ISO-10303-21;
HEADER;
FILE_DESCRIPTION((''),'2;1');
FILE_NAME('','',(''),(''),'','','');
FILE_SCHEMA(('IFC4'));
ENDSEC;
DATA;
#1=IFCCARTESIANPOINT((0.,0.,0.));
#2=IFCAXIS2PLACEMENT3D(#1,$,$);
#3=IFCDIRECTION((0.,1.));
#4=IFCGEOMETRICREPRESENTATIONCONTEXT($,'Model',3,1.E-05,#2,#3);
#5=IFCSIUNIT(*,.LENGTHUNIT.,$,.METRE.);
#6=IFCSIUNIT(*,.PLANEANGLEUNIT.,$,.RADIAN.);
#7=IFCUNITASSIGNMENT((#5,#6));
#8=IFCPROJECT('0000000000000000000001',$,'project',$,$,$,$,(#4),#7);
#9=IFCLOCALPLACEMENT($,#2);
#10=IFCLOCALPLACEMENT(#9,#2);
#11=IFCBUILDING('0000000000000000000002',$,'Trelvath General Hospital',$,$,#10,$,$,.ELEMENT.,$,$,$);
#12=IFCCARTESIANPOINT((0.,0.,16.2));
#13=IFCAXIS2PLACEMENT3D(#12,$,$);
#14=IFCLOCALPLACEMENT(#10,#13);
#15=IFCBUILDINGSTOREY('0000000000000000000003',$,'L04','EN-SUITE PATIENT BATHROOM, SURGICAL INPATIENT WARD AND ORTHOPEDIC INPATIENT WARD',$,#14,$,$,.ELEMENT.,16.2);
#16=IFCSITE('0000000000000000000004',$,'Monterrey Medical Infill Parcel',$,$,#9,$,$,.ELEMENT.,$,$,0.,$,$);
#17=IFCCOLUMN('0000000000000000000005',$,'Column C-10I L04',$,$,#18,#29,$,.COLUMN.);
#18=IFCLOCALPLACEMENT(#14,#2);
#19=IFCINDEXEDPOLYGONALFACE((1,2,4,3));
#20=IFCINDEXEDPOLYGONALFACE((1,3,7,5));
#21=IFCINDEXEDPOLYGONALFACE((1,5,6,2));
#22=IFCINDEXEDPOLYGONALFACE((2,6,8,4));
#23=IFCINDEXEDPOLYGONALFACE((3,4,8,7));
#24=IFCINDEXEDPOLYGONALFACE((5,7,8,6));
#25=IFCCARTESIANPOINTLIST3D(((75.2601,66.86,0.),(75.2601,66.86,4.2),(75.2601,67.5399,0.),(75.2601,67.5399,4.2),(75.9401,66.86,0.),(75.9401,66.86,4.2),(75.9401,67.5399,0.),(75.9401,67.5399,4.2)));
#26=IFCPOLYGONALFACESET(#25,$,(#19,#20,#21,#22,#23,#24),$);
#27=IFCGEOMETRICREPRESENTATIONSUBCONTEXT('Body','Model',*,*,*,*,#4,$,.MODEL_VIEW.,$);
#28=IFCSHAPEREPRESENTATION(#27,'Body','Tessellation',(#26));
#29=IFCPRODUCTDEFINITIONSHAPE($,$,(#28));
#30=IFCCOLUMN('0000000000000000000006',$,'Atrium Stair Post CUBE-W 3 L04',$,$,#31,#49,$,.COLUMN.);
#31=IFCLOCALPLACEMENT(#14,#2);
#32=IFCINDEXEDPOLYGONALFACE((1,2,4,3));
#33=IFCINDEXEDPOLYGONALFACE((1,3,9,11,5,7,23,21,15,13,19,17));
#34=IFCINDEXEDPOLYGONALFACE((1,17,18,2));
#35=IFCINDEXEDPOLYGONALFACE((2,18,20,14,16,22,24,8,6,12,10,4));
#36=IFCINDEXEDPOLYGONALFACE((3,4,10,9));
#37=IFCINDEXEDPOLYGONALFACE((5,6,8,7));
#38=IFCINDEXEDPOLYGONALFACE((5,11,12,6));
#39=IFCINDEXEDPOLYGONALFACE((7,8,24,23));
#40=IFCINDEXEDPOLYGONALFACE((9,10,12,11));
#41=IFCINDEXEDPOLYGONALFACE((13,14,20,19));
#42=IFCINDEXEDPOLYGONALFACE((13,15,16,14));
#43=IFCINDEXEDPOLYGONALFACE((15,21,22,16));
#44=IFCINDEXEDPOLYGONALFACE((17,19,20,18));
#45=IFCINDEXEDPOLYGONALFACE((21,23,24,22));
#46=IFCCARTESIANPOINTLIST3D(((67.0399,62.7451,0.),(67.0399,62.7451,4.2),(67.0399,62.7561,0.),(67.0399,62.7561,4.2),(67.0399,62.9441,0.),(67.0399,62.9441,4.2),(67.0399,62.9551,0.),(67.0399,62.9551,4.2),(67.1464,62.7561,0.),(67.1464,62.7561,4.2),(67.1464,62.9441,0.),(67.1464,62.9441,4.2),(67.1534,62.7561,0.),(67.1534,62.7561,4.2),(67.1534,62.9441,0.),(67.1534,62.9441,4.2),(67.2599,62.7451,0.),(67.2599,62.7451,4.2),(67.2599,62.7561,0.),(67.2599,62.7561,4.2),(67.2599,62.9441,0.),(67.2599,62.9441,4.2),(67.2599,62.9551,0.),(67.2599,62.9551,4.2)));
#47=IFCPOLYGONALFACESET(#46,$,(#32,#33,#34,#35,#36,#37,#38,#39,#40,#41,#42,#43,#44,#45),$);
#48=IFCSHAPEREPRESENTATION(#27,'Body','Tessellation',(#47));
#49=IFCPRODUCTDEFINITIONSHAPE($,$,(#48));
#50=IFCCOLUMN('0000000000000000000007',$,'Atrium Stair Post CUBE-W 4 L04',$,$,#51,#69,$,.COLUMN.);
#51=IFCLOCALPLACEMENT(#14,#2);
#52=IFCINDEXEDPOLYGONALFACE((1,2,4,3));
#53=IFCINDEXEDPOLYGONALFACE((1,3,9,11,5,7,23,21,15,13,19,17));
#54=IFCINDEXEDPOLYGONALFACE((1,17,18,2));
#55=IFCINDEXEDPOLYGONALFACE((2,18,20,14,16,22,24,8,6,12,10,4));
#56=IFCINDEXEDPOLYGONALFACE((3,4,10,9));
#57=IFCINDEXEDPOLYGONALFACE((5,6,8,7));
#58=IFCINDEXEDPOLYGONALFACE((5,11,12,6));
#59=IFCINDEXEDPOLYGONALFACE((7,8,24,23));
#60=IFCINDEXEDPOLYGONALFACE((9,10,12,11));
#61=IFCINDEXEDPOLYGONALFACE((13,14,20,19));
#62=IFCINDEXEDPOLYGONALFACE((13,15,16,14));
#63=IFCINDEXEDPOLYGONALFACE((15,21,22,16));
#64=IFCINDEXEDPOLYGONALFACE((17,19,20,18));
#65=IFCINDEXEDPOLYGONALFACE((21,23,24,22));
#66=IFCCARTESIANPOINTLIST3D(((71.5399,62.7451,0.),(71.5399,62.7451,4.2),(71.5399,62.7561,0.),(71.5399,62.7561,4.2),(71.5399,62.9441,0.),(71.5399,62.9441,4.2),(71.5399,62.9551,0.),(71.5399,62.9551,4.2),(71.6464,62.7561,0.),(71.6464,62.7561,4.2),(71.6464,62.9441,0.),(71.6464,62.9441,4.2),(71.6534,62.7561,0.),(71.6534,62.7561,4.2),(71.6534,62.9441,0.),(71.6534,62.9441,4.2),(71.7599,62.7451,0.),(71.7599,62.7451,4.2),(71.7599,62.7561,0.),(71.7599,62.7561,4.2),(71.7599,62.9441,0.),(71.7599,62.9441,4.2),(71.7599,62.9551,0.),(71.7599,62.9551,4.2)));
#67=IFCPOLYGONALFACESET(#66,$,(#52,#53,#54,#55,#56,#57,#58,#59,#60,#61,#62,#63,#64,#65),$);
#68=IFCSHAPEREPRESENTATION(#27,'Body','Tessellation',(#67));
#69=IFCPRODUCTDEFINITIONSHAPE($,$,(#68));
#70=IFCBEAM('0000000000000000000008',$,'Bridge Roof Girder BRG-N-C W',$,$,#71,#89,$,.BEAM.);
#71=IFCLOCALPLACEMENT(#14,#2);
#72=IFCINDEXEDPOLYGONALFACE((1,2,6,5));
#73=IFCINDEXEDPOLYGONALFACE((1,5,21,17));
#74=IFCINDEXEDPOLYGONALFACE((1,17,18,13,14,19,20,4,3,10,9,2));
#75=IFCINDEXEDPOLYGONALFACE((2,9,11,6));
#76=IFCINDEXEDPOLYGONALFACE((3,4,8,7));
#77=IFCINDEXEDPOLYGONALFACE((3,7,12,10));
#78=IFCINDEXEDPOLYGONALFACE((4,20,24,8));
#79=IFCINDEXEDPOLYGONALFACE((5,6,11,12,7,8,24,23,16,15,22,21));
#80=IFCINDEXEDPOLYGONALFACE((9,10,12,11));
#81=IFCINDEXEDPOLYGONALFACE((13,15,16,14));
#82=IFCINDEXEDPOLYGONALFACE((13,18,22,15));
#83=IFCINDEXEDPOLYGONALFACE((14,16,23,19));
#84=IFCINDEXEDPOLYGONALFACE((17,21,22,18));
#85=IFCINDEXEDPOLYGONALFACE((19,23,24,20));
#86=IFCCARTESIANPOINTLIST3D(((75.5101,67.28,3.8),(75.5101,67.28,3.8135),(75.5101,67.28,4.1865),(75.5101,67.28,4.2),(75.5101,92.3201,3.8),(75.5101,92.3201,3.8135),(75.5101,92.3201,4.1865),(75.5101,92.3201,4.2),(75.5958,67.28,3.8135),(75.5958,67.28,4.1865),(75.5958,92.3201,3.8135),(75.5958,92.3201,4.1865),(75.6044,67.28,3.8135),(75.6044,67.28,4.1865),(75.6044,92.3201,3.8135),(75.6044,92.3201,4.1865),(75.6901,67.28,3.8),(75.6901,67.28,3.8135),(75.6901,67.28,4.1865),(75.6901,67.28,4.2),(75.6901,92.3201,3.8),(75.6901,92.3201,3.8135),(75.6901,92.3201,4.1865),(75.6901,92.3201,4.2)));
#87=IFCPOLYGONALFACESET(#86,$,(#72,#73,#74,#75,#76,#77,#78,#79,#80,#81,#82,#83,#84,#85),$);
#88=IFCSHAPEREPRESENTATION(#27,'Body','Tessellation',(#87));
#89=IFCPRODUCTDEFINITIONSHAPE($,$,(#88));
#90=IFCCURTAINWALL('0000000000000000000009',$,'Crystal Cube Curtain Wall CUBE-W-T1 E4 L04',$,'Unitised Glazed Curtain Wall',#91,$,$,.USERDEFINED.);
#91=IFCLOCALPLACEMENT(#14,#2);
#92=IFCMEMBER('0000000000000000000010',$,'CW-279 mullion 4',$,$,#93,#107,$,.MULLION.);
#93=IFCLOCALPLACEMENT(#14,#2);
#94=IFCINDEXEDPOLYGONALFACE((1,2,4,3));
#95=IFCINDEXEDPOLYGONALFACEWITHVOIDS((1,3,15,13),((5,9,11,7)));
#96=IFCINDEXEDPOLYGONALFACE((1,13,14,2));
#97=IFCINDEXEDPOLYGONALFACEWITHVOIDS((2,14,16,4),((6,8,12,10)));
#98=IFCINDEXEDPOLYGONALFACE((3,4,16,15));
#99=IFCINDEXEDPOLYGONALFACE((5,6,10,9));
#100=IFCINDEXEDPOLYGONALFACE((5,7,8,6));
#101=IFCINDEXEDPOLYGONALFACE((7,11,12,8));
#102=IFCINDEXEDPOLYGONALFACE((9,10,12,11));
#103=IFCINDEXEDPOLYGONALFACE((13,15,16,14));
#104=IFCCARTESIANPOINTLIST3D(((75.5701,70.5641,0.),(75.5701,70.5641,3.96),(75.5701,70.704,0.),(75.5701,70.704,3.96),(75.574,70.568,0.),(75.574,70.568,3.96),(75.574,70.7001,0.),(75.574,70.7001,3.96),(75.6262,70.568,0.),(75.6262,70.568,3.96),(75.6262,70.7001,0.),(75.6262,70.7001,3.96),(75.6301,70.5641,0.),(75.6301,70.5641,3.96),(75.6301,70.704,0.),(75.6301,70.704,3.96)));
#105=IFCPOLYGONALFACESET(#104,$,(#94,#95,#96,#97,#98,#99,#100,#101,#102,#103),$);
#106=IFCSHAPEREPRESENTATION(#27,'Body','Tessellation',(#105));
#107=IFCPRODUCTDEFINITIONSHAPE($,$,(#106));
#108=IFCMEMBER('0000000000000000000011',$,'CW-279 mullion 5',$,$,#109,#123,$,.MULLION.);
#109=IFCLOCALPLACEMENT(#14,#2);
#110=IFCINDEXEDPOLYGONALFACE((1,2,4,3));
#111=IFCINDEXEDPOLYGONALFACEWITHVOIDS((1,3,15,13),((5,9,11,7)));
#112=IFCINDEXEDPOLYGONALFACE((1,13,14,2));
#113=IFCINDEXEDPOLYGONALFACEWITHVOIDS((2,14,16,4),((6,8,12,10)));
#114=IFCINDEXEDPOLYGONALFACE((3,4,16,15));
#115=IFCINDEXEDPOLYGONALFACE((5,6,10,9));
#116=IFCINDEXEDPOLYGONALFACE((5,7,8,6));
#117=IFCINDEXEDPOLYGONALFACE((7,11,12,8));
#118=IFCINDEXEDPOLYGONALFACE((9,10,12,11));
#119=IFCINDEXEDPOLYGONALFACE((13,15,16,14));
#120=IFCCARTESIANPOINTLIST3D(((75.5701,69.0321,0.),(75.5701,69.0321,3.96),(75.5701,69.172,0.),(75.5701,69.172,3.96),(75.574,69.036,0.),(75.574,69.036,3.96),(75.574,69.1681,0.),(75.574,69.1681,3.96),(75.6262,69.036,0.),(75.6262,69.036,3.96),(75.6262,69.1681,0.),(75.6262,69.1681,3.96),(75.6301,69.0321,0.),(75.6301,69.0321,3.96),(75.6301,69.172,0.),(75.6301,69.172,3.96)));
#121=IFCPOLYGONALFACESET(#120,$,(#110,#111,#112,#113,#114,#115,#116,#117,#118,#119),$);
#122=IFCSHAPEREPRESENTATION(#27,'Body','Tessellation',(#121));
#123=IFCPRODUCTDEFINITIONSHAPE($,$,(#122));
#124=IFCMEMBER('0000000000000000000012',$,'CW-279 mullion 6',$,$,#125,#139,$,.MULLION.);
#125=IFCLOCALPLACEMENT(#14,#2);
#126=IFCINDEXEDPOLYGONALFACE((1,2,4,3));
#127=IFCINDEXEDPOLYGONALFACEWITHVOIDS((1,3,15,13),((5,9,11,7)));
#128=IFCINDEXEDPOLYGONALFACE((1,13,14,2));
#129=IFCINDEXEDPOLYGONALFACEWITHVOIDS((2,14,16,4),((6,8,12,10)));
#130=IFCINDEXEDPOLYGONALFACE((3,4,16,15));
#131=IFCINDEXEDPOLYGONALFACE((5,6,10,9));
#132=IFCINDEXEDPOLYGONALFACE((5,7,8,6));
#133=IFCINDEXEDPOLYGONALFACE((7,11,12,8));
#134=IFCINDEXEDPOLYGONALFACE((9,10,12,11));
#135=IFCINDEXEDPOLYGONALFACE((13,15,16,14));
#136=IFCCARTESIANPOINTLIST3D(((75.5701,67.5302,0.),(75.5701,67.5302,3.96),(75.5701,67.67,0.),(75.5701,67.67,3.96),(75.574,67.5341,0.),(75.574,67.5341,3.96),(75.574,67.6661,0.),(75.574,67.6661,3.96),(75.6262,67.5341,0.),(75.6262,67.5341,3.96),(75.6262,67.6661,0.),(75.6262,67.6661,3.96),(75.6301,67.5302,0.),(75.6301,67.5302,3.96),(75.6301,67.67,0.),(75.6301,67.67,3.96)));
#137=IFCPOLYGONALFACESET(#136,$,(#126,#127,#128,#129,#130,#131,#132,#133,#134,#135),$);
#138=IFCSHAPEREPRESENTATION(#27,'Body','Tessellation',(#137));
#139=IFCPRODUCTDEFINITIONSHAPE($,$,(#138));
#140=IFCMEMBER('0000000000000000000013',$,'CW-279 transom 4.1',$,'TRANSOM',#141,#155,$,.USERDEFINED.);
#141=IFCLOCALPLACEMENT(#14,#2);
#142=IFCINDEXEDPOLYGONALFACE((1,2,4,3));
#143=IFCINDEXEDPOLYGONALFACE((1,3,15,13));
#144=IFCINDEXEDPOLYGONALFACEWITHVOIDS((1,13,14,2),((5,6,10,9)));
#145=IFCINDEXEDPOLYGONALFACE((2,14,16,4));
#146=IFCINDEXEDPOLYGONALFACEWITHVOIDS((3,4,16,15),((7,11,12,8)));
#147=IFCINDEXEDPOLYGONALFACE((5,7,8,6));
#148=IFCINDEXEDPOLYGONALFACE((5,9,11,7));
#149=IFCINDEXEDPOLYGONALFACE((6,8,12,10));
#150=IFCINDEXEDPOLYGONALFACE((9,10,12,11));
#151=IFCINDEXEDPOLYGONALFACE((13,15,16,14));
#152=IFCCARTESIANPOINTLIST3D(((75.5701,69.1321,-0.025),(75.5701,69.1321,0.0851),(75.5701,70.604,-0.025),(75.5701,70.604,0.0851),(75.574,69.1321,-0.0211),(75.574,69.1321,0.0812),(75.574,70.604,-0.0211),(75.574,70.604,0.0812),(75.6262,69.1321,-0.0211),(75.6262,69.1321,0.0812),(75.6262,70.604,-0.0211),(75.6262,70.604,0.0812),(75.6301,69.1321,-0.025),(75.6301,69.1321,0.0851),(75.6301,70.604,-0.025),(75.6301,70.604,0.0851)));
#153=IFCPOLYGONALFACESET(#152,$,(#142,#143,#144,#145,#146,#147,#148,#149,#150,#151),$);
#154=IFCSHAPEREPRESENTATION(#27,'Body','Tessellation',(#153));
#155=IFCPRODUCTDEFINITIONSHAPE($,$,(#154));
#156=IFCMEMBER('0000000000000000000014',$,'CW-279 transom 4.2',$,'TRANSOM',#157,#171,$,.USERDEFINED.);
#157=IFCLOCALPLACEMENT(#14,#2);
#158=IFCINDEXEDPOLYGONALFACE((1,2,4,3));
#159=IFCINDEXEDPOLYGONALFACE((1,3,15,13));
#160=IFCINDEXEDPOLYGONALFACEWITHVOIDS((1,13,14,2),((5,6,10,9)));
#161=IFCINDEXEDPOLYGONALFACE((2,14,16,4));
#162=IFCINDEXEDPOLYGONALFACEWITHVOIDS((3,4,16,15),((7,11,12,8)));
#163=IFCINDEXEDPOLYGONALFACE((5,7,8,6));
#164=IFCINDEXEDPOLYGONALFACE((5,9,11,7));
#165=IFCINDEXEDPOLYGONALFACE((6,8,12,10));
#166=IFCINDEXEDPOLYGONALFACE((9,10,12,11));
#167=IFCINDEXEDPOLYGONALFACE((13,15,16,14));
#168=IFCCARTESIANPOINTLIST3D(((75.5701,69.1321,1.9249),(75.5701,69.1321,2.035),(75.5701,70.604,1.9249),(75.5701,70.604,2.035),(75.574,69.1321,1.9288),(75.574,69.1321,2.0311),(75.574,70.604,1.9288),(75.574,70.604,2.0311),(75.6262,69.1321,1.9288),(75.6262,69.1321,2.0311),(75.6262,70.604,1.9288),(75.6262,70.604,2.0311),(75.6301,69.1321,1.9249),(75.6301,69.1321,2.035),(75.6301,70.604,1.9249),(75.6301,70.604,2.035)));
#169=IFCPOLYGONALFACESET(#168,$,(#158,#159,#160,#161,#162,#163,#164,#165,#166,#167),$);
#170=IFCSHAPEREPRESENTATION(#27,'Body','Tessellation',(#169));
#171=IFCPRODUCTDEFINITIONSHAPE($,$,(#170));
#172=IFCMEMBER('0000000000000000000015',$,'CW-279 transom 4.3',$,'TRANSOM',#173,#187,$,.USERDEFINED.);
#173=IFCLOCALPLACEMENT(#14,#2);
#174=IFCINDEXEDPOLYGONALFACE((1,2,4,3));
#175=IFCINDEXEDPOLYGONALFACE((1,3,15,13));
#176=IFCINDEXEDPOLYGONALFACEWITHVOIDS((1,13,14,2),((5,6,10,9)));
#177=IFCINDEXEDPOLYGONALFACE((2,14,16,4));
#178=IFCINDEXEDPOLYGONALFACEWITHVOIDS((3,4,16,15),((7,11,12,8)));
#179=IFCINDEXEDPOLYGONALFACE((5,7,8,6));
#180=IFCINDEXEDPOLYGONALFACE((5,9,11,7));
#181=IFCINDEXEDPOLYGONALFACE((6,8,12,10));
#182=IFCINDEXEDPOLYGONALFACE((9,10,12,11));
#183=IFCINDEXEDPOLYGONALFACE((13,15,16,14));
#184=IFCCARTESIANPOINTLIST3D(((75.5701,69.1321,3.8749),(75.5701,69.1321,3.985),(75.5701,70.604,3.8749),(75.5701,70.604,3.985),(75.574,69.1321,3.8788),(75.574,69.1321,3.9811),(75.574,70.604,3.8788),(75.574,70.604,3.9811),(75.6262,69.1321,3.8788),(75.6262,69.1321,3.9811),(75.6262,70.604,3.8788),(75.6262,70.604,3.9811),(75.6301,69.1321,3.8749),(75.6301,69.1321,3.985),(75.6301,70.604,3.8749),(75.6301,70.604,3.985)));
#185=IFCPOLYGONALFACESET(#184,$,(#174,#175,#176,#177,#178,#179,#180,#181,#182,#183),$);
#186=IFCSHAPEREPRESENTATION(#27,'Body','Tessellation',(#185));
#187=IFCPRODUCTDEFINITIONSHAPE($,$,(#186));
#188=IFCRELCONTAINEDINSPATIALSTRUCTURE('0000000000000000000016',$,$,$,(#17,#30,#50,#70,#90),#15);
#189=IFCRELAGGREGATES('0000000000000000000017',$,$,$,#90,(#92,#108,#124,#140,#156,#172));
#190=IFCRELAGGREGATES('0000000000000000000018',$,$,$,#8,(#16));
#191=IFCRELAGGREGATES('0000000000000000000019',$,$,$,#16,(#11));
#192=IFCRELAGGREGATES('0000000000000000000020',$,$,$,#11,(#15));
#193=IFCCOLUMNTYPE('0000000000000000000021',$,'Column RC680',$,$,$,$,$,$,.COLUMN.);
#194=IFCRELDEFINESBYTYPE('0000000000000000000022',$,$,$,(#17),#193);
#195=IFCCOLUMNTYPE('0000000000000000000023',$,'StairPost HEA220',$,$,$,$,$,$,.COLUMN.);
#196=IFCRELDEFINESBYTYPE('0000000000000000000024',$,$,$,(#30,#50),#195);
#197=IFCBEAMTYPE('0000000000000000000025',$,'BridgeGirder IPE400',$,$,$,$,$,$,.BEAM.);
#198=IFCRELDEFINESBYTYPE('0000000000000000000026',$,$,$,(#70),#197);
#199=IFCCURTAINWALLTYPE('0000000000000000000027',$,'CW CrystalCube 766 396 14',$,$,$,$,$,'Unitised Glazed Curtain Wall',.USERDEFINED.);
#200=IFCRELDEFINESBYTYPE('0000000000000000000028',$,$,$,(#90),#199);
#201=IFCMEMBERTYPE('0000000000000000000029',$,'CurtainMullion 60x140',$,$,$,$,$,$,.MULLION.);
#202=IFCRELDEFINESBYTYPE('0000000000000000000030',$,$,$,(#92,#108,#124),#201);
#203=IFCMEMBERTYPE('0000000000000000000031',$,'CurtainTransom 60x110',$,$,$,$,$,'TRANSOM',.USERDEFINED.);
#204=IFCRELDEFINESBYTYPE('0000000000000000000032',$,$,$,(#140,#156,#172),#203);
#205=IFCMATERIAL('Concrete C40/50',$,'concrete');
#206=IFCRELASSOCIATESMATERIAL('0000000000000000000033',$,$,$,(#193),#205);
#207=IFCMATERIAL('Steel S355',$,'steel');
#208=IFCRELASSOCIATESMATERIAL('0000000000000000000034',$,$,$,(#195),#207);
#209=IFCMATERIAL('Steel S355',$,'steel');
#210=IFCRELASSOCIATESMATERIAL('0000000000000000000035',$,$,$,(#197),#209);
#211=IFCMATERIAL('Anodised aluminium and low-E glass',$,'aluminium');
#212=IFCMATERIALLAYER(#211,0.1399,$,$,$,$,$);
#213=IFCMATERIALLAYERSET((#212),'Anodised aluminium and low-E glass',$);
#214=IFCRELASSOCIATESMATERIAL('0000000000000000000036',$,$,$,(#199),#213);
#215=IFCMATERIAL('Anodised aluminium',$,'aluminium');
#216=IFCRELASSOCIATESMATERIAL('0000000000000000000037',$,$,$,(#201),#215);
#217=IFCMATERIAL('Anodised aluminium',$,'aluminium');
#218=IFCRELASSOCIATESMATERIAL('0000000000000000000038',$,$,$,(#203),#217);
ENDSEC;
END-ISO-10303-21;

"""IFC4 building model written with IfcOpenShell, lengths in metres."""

from ifc_helpers import new_model, si_unit, direction, frame, origin, origin_2d, place, context, subcontext, project, spatial, rectangle, hollow_rectangle, i_section, extrude, material, layer, layer_set, material_profile, profile_set, type_object, element, aggregate, save


model = new_model("IFC4")

# Units and contexts
model_context = context("Model", 3, precision=1e-05, world=origin(), true_north=direction((0.0, 1.0)))
body_context = subcontext(model_context, "Body", "Model", "MODEL_VIEW")
ifc_project = project(units=[si_unit("LENGTHUNIT", "METRE"), si_unit("PLANEANGLEUNIT", "RADIAN")], contexts=[model_context])

# Site, building, storey
site_placement = place(None, origin())
site = spatial("IfcSite", under=ifc_project, at=site_placement, Name="Monterrey Medical Infill Parcel", CompositionType="ELEMENT", RefElevation=0.0)
building_placement = place(site_placement, origin())
building = spatial("IfcBuilding", under=site, at=building_placement, Name="Trelvath General Hospital", CompositionType="ELEMENT")
storey_placement = place(building_placement, frame((0.0, 0.0, 16.2)))
storey = spatial("IfcBuildingStorey", under=building, at=storey_placement, Name="L04", Description="EN-SUITE PATIENT BATHROOM, SURGICAL INPATIENT WARD AND ORTHOPEDIC INPATIENT WARD", CompositionType="ELEMENT", Elevation=16.2)

# Columns
ifc_material_1 = material(Name="Concrete C40/50", Category="concrete")
ifc_material_profile_1 = material_profile(ifc_material_1, rectangle(XDim=0.6799, YDim=0.6799, at=origin_2d()), Name="RC680x680")
ifc_profile_set_1 = profile_set([ifc_material_profile_1], Name="Concrete C40/50")
column_type_1 = type_object("IfcColumnType", Name="Column RC680", PredefinedType="COLUMN", material=ifc_profile_set_1)
column_placement = place(storey_placement, frame((75.6001, 67.2, 0.0), z_axis=(0.0, 0.0, 1.0), x_axis=(1.0, 0.0, 0.0)))
element("IfcColumn", 1, at=column_placement, inside=storey, type_object=column_type_1, Name="Column C-10I L04", PredefinedType="COLUMN", context=body_context, shape_type="SweptSolid", body=[
    extrude(rectangle(XDim=0.6799, YDim=0.6799, at=origin_2d()), origin(), (0.0, 0.0, 1.0), 4.2),
])
ifc_material_2 = material(Name="Steel S355", Category="steel")
ifc_material_profile_2 = material_profile(ifc_material_2, i_section(OverallWidth=0.22, OverallDepth=0.21, WebThickness=0.0071, FlangeThickness=0.011, at=origin_2d()), Name="HEA220")
ifc_profile_set_2 = profile_set([ifc_material_profile_2], Name="Steel S355")
column_type_2 = type_object("IfcColumnType", Name="StairPost HEA220", PredefinedType="COLUMN", material=ifc_profile_set_2)
for number, where, z_axis, x_axis, name in (
    (2, (67.1499, 62.8501, 0.0), (0.0, 0.0, 1.0), (1.0, 0.0, 0.0), "Atrium Stair Post CUBE-W 3 L04"),
    (3, (71.6499, 62.8501, 0.0), (0.0, 0.0, 1.0), (1.0, 0.0, 0.0), "Atrium Stair Post CUBE-W 4 L04"),
):
    element("IfcColumn", number, at=place(storey_placement, frame(where, z_axis=z_axis, x_axis=x_axis)), inside=storey, type_object=column_type_2, Name=name, PredefinedType="COLUMN", context=body_context, shape_type="SweptSolid", body=[
        extrude(i_section(OverallWidth=0.22, OverallDepth=0.21, WebThickness=0.0071, FlangeThickness=0.011, at=origin_2d()), origin(), (0.0, 0.0, 1.0), 4.2),
    ])

# Beam
ifc_material_3 = material(Name="Steel S355", Category="steel")
ifc_material_profile_3 = material_profile(ifc_material_3, i_section(OverallWidth=0.1799, OverallDepth=0.3999, WebThickness=0.0085, FlangeThickness=0.0134, at=origin_2d()), Name="IPE400")
ifc_profile_set_3 = profile_set([ifc_material_profile_3], Name="Steel S355")
beam_type_1 = type_object("IfcBeamType", Name="BridgeGirder IPE400", PredefinedType="BEAM", material=ifc_profile_set_3)
beam_1_placement = place(storey_placement, frame((75.6001, 67.28, 4.0), z_axis=(0.0, 1.0, 0.0), x_axis=(-1.0, 0.0, 0.0)))
element("IfcBeam", 4, at=beam_1_placement, inside=storey, type_object=beam_type_1, Name="Bridge Roof Girder BRG-N-C W", PredefinedType="BEAM", context=body_context, shape_type="SweptSolid", body=[
    extrude(i_section(OverallWidth=0.1799, OverallDepth=0.3999, WebThickness=0.0085, FlangeThickness=0.0134, at=origin_2d()), origin(), (0.0, 0.0, 1.0), 25.04),
])

# Curtain wall, members
ifc_material_4 = material(Name="Anodised aluminium and low-E glass", Category="aluminium")
ifc_layer_1 = layer(ifc_material_4, 0.1399)
ifc_layer_set_1 = layer_set([ifc_layer_1], Name="Anodised aluminium and low-E glass")
curtain_wall_type = type_object("IfcCurtainWallType", Name="CW CrystalCube 766 396 14", ElementType="Unitised Glazed Curtain Wall", PredefinedType="USERDEFINED", material=ifc_layer_set_1)
curtain_wall_placement = place(storey_placement, origin())
curtain_wall = element("IfcCurtainWall", 5, at=curtain_wall_placement, inside=storey, type_object=curtain_wall_type, Name="Crystal Cube Curtain Wall CUBE-W-T1 E4 L04", ObjectType="Unitised Glazed Curtain Wall", PredefinedType="USERDEFINED")
ifc_material_5 = material(Name="Anodised aluminium", Category="aluminium")
ifc_material_profile_4 = material_profile(ifc_material_5, hollow_rectangle(XDim=0.0601, YDim=0.1399, WallThickness=0.0039, at=origin_2d()), Name="RHS60x140x4")
ifc_profile_set_4 = profile_set([ifc_material_profile_4], Name="Anodised aluminium")
member_type_1 = type_object("IfcMemberType", Name="CurtainMullion 60x140", PredefinedType="MULLION", material=ifc_profile_set_4)
member_1_placement = place(storey_placement, frame((75.6001, 70.634, 0.0), z_axis=(0.0, 0.0, 1.0), x_axis=(1.0, 0.0, 0.0)))
member_1 = element("IfcMember", 6, at=member_1_placement, type_object=member_type_1, Name="CW-279 mullion 4", PredefinedType="MULLION", context=body_context, shape_type="SweptSolid", body=[
    extrude(hollow_rectangle(XDim=0.0601, YDim=0.1399, WallThickness=0.0039, at=origin_2d()), origin(), (0.0, 0.0, 1.0), 3.96),
])
member_2_placement = place(storey_placement, frame((75.6001, 69.1021, 0.0), z_axis=(0.0, 0.0, 1.0), x_axis=(1.0, 0.0, 0.0)))
member_2 = element("IfcMember", 7, at=member_2_placement, type_object=member_type_1, Name="CW-279 mullion 5", PredefinedType="MULLION", context=body_context, shape_type="SweptSolid", body=[
    extrude(hollow_rectangle(XDim=0.0601, YDim=0.1399, WallThickness=0.0039, at=origin_2d()), origin(), (0.0, 0.0, 1.0), 3.96),
])
member_3_placement = place(storey_placement, frame((75.6001, 67.6001, 0.0), z_axis=(0.0, 0.0, 1.0), x_axis=(1.0, 0.0, 0.0)))
member_3 = element("IfcMember", 8, at=member_3_placement, type_object=member_type_1, Name="CW-279 mullion 6", PredefinedType="MULLION", context=body_context, shape_type="SweptSolid", body=[
    extrude(hollow_rectangle(XDim=0.0601, YDim=0.1399, WallThickness=0.0039, at=origin_2d()), origin(), (0.0, 0.0, 1.0), 3.96),
])
ifc_material_6 = material(Name="Anodised aluminium", Category="aluminium")
ifc_material_profile_5 = material_profile(ifc_material_6, hollow_rectangle(XDim=0.0601, YDim=0.1101, WallThickness=0.0039, at=origin_2d()), Name="RHS60x110x4")
ifc_profile_set_5 = profile_set([ifc_material_profile_5], Name="Anodised aluminium")
member_type_2 = type_object("IfcMemberType", Name="CurtainTransom 60x110", ElementType="TRANSOM", PredefinedType="USERDEFINED", material=ifc_profile_set_5)
member_4_placement = place(storey_placement, frame((75.6001, 70.604, 0.03), z_axis=(0.0, -1.0, 0.0), x_axis=(1.0, 0.0, 0.0)))
member_4 = element("IfcMember", 9, at=member_4_placement, type_object=member_type_2, Name="CW-279 transom 4.1", ObjectType="TRANSOM", PredefinedType="USERDEFINED", context=body_context, shape_type="SweptSolid", body=[
    extrude(hollow_rectangle(XDim=0.0601, YDim=0.1101, WallThickness=0.0039, at=origin_2d()), origin(), (0.0, 0.0, 1.0), 1.4719),
])
member_5_placement = place(storey_placement, frame((75.6001, 70.604, 1.98), z_axis=(0.0, -1.0, 0.0), x_axis=(1.0, 0.0, 0.0)))
member_5 = element("IfcMember", 10, at=member_5_placement, type_object=member_type_2, Name="CW-279 transom 4.2", ObjectType="TRANSOM", PredefinedType="USERDEFINED", context=body_context, shape_type="SweptSolid", body=[
    extrude(hollow_rectangle(XDim=0.0601, YDim=0.1101, WallThickness=0.0039, at=origin_2d()), origin(), (0.0, 0.0, 1.0), 1.4719),
])
member_6_placement = place(storey_placement, frame((75.6001, 70.604, 3.9299), z_axis=(0.0, -1.0, 0.0), x_axis=(1.0, 0.0, 0.0)))
member_6 = element("IfcMember", 11, at=member_6_placement, type_object=member_type_2, Name="CW-279 transom 4.3", ObjectType="TRANSOM", PredefinedType="USERDEFINED", context=body_context, shape_type="SweptSolid", body=[
    extrude(hollow_rectangle(XDim=0.0601, YDim=0.1101, WallThickness=0.0039, at=origin_2d()), origin(), (0.0, 0.0, 1.0), 1.4719),
])

aggregate(curtain_wall, [member_1, member_2, member_3, member_4, member_5, member_6])

save(model, "model.ifc")
